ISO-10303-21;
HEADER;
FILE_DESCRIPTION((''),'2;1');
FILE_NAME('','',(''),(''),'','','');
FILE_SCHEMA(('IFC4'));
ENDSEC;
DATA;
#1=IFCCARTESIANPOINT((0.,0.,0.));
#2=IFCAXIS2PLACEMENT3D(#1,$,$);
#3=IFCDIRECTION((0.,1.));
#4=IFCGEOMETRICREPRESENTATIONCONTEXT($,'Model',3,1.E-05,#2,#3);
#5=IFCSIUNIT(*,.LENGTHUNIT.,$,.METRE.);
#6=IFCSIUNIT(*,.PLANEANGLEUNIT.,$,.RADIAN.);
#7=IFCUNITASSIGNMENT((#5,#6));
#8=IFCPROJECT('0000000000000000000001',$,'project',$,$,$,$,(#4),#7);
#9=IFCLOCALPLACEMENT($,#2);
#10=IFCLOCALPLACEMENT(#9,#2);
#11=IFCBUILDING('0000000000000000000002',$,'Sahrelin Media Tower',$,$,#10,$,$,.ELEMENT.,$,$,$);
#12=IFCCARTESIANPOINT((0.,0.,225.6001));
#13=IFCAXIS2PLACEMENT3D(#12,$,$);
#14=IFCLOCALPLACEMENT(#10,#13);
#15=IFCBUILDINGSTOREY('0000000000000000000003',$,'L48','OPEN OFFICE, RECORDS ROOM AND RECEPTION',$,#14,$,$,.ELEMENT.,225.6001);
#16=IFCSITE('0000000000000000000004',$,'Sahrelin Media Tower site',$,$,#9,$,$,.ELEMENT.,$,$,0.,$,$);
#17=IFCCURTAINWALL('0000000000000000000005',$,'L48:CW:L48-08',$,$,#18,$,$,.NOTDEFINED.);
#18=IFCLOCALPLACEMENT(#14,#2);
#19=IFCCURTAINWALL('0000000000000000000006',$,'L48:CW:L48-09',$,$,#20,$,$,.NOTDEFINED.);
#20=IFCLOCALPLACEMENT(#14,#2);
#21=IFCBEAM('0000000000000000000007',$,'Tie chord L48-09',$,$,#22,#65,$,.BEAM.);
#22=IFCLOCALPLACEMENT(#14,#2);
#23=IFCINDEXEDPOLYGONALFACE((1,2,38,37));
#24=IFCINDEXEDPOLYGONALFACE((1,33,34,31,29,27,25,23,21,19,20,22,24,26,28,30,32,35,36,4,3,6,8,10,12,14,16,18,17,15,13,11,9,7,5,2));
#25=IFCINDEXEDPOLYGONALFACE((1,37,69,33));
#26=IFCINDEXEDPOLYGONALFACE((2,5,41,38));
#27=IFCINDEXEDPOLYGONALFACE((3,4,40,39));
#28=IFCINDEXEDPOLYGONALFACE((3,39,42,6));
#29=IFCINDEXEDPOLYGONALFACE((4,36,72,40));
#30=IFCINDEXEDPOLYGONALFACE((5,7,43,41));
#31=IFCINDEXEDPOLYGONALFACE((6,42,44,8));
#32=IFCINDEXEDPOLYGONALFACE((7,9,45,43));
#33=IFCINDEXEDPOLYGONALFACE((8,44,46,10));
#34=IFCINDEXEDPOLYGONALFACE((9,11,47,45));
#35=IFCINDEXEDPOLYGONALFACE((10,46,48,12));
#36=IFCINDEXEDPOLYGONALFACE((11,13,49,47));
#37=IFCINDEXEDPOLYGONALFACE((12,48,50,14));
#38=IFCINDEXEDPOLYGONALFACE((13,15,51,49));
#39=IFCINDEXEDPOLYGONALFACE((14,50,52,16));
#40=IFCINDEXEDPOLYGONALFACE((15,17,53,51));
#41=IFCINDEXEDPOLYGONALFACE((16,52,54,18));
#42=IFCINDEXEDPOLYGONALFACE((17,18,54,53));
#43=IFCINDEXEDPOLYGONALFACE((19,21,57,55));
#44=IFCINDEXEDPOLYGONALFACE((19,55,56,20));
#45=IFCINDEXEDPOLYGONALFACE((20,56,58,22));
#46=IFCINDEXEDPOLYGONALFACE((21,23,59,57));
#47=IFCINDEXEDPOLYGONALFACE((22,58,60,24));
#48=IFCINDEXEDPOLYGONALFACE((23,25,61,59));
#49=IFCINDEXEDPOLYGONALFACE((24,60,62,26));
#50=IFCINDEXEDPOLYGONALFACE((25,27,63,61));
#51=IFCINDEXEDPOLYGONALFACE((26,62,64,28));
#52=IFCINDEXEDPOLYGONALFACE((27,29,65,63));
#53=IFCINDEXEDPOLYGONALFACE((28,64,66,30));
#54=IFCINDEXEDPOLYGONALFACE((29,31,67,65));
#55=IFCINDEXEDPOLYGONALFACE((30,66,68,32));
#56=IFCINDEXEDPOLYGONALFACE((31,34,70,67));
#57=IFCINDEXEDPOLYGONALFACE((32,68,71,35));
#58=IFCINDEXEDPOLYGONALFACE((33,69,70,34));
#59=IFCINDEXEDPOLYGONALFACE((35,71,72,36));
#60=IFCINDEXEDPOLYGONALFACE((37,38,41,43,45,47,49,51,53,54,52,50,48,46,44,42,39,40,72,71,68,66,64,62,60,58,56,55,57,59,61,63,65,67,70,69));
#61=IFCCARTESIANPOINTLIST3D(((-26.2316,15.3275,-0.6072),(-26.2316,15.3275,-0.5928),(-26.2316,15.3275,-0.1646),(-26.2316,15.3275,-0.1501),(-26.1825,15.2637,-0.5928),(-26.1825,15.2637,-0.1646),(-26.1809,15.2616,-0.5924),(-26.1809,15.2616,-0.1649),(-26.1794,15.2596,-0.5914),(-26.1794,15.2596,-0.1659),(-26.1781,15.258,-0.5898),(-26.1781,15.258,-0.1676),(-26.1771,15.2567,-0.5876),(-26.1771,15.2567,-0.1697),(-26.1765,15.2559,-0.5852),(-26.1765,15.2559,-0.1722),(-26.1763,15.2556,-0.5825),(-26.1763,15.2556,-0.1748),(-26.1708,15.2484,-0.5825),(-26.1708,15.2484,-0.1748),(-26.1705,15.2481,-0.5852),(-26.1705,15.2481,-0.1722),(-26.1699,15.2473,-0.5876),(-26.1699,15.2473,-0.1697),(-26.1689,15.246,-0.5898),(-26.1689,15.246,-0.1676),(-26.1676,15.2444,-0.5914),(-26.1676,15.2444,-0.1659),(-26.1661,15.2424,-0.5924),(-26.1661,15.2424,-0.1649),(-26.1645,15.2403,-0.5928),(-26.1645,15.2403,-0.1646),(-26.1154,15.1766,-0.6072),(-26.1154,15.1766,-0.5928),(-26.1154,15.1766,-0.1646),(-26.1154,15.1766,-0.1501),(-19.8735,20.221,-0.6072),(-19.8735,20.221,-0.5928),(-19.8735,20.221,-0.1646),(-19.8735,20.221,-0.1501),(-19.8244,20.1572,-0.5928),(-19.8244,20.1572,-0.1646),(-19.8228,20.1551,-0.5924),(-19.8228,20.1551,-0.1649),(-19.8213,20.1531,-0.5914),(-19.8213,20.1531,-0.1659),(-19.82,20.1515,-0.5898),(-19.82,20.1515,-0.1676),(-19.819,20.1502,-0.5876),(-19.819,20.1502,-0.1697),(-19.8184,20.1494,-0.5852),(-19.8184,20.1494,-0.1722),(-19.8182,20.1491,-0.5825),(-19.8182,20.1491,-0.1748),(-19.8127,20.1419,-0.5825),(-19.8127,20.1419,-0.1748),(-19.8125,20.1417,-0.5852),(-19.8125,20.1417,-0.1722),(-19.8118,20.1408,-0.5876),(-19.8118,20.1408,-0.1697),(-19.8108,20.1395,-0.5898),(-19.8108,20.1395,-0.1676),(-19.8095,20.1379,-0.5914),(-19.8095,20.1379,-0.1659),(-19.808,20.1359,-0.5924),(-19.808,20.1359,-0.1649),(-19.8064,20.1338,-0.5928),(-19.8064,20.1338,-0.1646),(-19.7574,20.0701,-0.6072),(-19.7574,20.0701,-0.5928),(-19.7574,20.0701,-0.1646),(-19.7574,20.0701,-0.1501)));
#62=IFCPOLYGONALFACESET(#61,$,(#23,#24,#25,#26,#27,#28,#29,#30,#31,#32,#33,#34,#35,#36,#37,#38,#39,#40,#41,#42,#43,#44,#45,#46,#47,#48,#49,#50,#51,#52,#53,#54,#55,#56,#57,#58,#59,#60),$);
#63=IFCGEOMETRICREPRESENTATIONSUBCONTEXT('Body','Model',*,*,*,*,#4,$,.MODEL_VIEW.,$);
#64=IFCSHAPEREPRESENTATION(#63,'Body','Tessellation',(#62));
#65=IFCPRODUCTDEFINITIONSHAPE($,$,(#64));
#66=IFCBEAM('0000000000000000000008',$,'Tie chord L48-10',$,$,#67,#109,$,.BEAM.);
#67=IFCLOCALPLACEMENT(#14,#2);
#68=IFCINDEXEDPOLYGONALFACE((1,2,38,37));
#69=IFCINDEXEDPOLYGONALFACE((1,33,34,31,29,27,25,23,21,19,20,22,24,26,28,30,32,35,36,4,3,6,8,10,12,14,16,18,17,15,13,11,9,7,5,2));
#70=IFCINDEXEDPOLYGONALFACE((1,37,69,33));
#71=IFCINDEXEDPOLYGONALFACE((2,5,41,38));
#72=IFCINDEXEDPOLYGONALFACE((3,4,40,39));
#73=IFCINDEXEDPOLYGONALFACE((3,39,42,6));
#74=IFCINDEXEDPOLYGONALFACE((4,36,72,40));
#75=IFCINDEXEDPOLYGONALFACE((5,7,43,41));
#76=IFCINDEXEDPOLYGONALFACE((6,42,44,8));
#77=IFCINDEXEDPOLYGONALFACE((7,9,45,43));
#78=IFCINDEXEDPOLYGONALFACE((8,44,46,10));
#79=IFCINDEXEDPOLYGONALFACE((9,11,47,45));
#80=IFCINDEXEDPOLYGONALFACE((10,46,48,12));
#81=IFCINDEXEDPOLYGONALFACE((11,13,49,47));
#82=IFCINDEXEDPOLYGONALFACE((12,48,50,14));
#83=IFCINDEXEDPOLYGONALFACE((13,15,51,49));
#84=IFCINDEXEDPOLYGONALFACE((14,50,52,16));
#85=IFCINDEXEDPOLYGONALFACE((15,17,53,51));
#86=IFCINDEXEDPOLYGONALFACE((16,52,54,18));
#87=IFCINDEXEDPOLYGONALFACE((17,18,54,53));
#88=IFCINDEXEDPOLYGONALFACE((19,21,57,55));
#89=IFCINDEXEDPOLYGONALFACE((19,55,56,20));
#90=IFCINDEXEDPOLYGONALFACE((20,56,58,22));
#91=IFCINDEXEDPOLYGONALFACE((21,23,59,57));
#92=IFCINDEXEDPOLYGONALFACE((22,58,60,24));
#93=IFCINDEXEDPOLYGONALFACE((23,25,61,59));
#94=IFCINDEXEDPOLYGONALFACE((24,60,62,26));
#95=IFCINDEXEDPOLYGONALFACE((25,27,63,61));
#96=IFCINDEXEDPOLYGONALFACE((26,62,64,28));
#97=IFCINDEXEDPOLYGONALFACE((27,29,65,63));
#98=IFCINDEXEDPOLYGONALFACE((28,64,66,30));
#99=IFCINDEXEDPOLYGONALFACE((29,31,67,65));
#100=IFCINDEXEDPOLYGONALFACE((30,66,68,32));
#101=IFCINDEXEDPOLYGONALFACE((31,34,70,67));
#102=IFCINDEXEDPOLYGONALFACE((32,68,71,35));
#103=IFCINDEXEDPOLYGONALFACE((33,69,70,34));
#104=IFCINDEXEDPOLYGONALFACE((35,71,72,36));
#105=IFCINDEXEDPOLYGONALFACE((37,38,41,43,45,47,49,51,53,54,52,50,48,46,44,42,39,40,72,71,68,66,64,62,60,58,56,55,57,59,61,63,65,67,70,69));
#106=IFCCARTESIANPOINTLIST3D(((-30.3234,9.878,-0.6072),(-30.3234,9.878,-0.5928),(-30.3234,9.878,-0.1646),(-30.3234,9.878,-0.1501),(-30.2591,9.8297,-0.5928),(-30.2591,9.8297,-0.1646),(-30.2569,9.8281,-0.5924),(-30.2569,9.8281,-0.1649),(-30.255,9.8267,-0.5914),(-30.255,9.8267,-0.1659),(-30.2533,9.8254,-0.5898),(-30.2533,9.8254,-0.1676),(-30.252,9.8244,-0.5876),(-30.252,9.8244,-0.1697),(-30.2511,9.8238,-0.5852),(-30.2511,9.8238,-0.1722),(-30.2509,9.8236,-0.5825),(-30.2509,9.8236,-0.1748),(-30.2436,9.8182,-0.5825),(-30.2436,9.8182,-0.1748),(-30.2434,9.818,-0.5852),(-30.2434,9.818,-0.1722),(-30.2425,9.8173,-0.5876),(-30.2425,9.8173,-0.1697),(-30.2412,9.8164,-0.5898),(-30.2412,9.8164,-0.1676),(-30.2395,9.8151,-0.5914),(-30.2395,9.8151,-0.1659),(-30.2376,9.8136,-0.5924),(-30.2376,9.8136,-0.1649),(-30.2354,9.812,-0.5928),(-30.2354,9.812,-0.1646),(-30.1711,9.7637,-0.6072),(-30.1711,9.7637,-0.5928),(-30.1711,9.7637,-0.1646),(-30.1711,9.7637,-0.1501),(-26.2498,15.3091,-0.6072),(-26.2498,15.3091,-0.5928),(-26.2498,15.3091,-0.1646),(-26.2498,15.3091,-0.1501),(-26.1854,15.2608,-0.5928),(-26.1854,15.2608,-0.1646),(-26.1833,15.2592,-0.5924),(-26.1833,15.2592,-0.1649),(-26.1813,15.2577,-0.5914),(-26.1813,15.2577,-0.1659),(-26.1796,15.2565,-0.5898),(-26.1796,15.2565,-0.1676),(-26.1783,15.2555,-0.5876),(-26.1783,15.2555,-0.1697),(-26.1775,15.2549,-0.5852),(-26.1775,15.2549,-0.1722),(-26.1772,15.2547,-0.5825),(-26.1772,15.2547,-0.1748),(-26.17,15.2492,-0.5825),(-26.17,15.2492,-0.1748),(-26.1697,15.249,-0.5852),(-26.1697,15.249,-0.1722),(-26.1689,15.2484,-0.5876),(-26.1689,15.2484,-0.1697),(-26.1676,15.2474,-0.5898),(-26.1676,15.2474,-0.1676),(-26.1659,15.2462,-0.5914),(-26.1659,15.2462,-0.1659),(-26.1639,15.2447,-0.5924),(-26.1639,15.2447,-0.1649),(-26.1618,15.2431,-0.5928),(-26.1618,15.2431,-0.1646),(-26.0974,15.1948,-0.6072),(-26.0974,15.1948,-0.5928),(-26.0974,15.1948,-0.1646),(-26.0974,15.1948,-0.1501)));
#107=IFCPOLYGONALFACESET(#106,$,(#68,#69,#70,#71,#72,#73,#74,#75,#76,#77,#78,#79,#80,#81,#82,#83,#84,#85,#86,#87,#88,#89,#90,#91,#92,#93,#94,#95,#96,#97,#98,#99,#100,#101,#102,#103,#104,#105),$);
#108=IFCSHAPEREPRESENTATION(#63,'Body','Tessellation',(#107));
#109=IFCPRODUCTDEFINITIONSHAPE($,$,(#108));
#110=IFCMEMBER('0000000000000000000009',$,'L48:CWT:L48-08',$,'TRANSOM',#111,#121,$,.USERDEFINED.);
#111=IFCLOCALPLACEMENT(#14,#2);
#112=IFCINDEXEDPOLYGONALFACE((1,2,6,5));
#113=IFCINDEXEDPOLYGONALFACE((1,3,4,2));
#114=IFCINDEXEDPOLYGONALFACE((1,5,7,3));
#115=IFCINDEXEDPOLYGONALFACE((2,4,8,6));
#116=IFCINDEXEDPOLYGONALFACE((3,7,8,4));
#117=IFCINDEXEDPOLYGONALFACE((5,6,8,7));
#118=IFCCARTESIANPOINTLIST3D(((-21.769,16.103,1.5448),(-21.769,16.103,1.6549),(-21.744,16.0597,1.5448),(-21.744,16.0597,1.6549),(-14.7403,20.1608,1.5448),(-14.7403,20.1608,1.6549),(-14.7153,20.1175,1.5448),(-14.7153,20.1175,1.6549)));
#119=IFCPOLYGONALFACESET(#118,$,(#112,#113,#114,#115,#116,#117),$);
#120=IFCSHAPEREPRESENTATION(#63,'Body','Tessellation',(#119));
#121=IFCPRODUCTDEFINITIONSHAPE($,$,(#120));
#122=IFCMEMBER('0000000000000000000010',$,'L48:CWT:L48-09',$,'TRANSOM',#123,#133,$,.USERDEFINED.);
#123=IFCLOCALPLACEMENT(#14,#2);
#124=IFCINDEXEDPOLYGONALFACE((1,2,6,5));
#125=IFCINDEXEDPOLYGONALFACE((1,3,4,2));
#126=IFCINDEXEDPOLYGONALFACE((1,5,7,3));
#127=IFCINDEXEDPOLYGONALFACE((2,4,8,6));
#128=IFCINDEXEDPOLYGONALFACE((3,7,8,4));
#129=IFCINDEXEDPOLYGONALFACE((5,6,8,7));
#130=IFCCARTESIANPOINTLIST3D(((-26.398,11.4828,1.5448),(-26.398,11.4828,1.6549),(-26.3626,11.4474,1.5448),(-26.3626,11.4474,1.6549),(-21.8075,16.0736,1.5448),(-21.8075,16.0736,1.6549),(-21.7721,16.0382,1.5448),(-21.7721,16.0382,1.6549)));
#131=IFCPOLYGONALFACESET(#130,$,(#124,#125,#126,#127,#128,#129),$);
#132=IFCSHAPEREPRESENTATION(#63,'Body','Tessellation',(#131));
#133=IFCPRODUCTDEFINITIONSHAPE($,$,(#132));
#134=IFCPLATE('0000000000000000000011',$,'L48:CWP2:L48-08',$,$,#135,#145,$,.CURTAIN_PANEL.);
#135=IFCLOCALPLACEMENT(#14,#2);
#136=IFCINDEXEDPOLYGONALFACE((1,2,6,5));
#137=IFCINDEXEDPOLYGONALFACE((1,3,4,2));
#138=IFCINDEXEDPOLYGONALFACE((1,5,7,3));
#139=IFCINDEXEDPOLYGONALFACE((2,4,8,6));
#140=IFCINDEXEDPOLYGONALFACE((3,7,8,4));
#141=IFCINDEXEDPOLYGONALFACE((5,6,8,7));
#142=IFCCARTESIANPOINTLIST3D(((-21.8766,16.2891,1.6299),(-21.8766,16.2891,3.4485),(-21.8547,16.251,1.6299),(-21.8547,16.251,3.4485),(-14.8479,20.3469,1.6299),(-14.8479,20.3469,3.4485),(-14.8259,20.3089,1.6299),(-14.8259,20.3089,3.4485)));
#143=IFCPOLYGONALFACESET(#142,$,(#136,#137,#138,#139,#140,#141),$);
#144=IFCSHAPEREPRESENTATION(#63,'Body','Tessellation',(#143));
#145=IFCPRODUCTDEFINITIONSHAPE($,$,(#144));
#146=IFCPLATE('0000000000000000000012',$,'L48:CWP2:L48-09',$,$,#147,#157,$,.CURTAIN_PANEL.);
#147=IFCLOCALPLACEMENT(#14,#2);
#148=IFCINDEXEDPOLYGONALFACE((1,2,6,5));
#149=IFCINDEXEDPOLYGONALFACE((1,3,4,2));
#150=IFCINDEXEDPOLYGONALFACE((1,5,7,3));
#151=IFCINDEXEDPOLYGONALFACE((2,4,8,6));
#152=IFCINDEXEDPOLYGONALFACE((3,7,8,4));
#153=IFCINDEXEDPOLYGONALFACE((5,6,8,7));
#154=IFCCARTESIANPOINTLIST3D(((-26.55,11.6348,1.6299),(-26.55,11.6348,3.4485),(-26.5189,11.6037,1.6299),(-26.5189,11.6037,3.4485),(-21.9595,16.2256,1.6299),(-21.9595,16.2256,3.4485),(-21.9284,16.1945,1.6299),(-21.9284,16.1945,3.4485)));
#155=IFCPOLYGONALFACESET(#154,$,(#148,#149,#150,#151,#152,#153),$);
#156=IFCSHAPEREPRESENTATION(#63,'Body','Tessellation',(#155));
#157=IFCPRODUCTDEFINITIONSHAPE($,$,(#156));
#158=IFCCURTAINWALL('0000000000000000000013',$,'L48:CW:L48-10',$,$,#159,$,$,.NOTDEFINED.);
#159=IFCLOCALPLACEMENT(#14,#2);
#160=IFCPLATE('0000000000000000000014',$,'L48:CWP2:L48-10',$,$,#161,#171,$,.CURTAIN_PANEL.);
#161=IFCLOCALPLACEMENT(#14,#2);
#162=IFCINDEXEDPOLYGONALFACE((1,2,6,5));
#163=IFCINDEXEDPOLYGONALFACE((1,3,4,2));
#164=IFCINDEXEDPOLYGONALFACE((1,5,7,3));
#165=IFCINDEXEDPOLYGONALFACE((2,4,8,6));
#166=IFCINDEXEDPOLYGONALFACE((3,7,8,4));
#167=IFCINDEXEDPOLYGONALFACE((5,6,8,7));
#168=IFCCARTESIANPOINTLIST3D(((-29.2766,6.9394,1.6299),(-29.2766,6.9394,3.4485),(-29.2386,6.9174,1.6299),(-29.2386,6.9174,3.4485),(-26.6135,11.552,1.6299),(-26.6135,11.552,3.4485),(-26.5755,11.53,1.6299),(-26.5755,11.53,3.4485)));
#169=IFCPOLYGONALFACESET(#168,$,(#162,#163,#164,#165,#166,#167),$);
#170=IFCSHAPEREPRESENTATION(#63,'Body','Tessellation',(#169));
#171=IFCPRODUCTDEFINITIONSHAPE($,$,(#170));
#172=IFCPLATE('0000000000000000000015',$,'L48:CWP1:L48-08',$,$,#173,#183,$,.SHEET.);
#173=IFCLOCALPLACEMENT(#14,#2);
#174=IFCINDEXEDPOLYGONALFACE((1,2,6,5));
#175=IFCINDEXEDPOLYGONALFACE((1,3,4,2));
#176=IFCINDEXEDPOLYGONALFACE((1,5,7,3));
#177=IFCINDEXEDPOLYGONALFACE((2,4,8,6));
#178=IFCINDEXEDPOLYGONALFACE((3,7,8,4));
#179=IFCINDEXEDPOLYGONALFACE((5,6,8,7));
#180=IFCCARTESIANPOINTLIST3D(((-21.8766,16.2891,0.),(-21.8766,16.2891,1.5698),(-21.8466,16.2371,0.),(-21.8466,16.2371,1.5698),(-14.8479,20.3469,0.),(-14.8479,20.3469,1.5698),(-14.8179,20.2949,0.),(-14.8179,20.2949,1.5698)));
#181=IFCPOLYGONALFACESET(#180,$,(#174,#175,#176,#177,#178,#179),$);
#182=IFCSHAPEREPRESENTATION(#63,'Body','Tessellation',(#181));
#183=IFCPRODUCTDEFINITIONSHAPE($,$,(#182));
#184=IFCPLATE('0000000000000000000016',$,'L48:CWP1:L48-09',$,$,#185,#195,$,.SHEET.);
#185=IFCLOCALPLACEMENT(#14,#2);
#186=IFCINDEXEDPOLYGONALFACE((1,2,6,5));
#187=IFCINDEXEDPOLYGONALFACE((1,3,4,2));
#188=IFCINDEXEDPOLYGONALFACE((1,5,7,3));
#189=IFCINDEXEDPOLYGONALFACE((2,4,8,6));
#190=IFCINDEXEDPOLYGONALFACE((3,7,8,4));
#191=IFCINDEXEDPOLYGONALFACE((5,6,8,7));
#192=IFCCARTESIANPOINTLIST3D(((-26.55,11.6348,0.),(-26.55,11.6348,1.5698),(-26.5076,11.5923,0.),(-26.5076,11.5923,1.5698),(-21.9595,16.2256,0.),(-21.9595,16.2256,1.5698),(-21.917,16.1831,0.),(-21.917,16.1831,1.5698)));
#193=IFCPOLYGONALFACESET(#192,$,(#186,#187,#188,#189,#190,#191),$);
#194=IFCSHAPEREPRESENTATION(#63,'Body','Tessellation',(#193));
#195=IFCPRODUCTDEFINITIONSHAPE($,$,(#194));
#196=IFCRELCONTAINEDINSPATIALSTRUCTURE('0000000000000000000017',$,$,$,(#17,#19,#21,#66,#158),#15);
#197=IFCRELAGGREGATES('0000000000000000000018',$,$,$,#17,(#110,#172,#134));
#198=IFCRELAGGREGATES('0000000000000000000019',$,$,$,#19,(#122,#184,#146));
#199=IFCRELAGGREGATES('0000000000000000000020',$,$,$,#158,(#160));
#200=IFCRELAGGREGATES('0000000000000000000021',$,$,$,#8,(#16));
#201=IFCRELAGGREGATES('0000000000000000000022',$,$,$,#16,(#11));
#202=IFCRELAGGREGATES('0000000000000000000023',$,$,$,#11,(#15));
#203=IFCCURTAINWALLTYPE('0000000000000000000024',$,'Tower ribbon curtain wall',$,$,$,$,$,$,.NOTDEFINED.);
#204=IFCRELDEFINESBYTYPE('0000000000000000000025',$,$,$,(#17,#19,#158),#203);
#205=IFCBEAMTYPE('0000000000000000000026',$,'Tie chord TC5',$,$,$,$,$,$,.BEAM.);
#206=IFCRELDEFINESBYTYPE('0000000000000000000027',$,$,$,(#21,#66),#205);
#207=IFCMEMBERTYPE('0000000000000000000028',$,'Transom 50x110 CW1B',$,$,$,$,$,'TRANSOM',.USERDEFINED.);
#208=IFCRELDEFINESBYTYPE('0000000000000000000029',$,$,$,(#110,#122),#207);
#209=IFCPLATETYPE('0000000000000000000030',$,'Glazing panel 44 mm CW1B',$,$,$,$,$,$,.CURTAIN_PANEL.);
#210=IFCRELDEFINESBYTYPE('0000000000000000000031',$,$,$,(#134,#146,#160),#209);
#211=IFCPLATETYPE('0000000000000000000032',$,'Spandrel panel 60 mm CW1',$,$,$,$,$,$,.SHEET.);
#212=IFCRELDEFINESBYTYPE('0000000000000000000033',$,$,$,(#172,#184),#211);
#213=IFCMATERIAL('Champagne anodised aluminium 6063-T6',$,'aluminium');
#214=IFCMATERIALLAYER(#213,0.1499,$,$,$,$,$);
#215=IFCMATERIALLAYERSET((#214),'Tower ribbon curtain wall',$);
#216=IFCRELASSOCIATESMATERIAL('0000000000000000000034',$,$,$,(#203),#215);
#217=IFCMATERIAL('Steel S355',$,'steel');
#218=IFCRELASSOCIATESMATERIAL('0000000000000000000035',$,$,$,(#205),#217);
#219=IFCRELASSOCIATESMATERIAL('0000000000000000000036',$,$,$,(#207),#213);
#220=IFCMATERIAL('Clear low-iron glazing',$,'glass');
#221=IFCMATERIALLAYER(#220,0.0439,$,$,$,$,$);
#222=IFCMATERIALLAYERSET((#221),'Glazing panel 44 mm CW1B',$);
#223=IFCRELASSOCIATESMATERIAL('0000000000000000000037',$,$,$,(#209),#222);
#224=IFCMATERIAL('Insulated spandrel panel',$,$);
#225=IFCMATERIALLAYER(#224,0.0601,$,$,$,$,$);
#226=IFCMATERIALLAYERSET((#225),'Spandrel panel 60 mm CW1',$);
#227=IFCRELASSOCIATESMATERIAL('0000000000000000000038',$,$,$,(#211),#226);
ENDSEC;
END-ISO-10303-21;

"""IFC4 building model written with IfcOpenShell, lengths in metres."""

from ifc_helpers import new_model, si_unit, direction, frame, origin, origin_2d, place, context, subcontext, project, spatial, polyline, rectangle, i_section, outline, extrude, material, layer, layer_set, material_profile, profile_set, type_object, element, aggregate, save


model = new_model("IFC4")

# Units and contexts
model_context = context("Model", 3, precision=1e-05, world=origin(), true_north=direction((0.0, 1.0)))
body_context = subcontext(model_context, "Body", "Model", "MODEL_VIEW")
ifc_project = project(units=[si_unit("LENGTHUNIT", "METRE"), si_unit("PLANEANGLEUNIT", "RADIAN")], contexts=[model_context])

# Site, building, storey
site_placement = place(None, origin())
site = spatial("IfcSite", under=ifc_project, at=site_placement, Name="Sahrelin Media Tower site", CompositionType="ELEMENT", RefElevation=0.0)
building_placement = place(site_placement, origin())
building = spatial("IfcBuilding", under=site, at=building_placement, Name="Sahrelin Media Tower", CompositionType="ELEMENT")
storey_placement = place(building_placement, frame((0.0, 0.0, 225.6001)))
storey = spatial("IfcBuildingStorey", under=building, at=storey_placement, Name="L48", Description="OPEN OFFICE, RECORDS ROOM AND RECEPTION", CompositionType="ELEMENT", Elevation=225.6001)

# Shared definitions
ifc_material_1 = material(Name="Steel S355", Category="steel")

# Curtain walls
ifc_material_2 = material(Name="Champagne anodised aluminium 6063-T6", Category="aluminium")
ifc_layer_1 = layer(ifc_material_2, 0.1499)
ifc_layer_set_1 = layer_set([ifc_layer_1], Name="Tower ribbon curtain wall")
curtain_wall_type = type_object("IfcCurtainWallType", Name="Tower ribbon curtain wall", PredefinedType="NOTDEFINED", material=ifc_layer_set_1)
curtain_wall_1_placement = place(storey_placement, frame((-18.3523, 18.3008, 0.0), z_axis=(0.0, 0.0, 1.0), x_axis=(1.0, 0.0, 0.0)))
curtain_wall_1 = element("IfcCurtainWall", 1, at=curtain_wall_1_placement, inside=storey, type_object=curtain_wall_type, Name="L48:CW:L48-08", PredefinedType="NOTDEFINED")
curtain_wall_2_placement = place(storey_placement, frame((-24.2405, 13.916, 0.0), z_axis=(0.0, 0.0, 1.0), x_axis=(1.0, 0.0, 0.0)))
curtain_wall_2 = element("IfcCurtainWall", 2, at=curtain_wall_2_placement, inside=storey, type_object=curtain_wall_type, Name="L48:CW:L48-09", PredefinedType="NOTDEFINED")

# Beams
ifc_material_profile_1 = material_profile(ifc_material_1, i_section(OverallWidth=0.1904, OverallDepth=0.457, WebThickness=0.009, FlangeThickness=0.0144, FilletRadius=0.0103, at=origin_2d()), Name="UB 457x191x74")
ifc_profile_set_1 = profile_set([ifc_material_profile_1], Name="Steel S355")
beam_type_1 = type_object("IfcBeamType", Name="Tie chord TC5", PredefinedType="BEAM", material=ifc_profile_set_1)
beam_1_placement = place(storey_placement, frame((-19.8154, 20.1455, -0.3787), z_axis=(-0.792463, -0.60992, 0.0), x_axis=(0.60992, -0.792463, 0.0)))
element("IfcBeam", 3, at=beam_1_placement, inside=storey, type_object=beam_type_1, Name="Tie chord L48-09", PredefinedType="BEAM", context=body_context, shape_type="SweptSolid", body=[
    extrude(i_section(OverallWidth=0.1904, OverallDepth=0.457, WebThickness=0.009, FlangeThickness=0.0144, FilletRadius=0.0103, at=origin_2d()), origin(), (0.0, 0.0, 1.0), 8.0232),
])
beam_2_placement = place(storey_placement, frame((-26.1736, 15.252, -0.3787), z_axis=(-0.600035, -0.799974, 0.0), x_axis=(0.799974, -0.600035, 0.0)))
element("IfcBeam", 4, at=beam_2_placement, inside=storey, type_object=beam_type_1, Name="Tie chord L48-10", PredefinedType="BEAM", context=body_context, shape_type="SweptSolid", body=[
    extrude(i_section(OverallWidth=0.1904, OverallDepth=0.457, WebThickness=0.009, FlangeThickness=0.0144, FilletRadius=0.0103, at=origin_2d()), origin(), (0.0, 0.0, 1.0), 6.7891),
])

# Members
ifc_material_profile_2 = material_profile(ifc_material_2, rectangle(XDim=0.05, YDim=0.1101, at=origin_2d()), Name="Transom 50x110")
ifc_profile_set_2 = profile_set([ifc_material_profile_2], Name="Champagne anodised aluminium 6063-T6")
member_type_1 = type_object("IfcMemberType", Name="Transom 50x110 CW1B", ElementType="TRANSOM", PredefinedType="USERDEFINED", material=ifc_profile_set_2)
member_1_placement = place(storey_placement, frame((-14.7278, 20.1392, 1.5999), z_axis=(-0.866037, -0.499979, 0.0), x_axis=(0.499979, -0.866037, 0.0)))
member_1 = element("IfcMember", 5, at=member_1_placement, type_object=member_type_1, Name="L48:CWT:L48-08", ObjectType="TRANSOM", PredefinedType="USERDEFINED", context=body_context, shape_type="SweptSolid", body=[
    extrude(rectangle(XDim=0.05, YDim=0.1101, at=origin_2d()), origin(), (0.0, 0.0, 1.0), 8.116),
])
member_2_placement = place(storey_placement, frame((-21.7898, 16.0559, 1.5999), z_axis=(-0.707088, -0.707126, 0.0), x_axis=(0.707126, -0.707088, 0.0)))
member_2 = element("IfcMember", 6, at=member_2_placement, type_object=member_type_1, Name="L48:CWT:L48-09", ObjectType="TRANSOM", PredefinedType="USERDEFINED", context=body_context, shape_type="SweptSolid", body=[
    extrude(rectangle(XDim=0.05, YDim=0.1101, at=origin_2d()), origin(), (0.0, 0.0, 1.0), 6.4922),
])

# Plates
ifc_material_3 = material(Name="Clear low-iron glazing", Category="glass")
ifc_layer_2 = layer(ifc_material_3, 0.0439)
ifc_layer_set_2 = layer_set([ifc_layer_2], Name="Glazing panel 44 mm CW1B")
plate_type_1 = type_object("IfcPlateType", Name="Glazing panel 44 mm CW1B", PredefinedType="CURTAIN_PANEL", material=ifc_layer_set_2)
plate_1_placement = place(storey_placement, frame((-14.8479, 20.3469, 1.6299), z_axis=(-0.499979, 0.866037, 0.0), x_axis=(-0.866037, -0.499979, 0.0)))
plate_1 = element("IfcPlate", 7, at=plate_1_placement, type_object=plate_type_1, Name="L48:CWP2:L48-08", PredefinedType="CURTAIN_PANEL", context=body_context, shape_type="SweptSolid", body=[
    extrude(outline(polyline([(0.0, 0.0), (8.116, 0.0), (8.116, 1.8186), (0.0, 1.8186), (0.0, 0.0)])), origin(), (0.0, 0.0, -1.0), 0.0439),
])
plate_2_placement = place(storey_placement, frame((-21.9595, 16.2256, 1.6299), z_axis=(-0.707126, 0.707088, 0.0), x_axis=(-0.707088, -0.707126, 0.0)))
plate_2 = element("IfcPlate", 8, at=plate_2_placement, type_object=plate_type_1, Name="L48:CWP2:L48-09", PredefinedType="CURTAIN_PANEL", context=body_context, shape_type="SweptSolid", body=[
    extrude(outline(polyline([(0.0, 0.0), (6.4922, 0.0), (6.4922, 1.8186), (0.0, 1.8186), (0.0, 0.0)])), origin(), (0.0, 0.0, -1.0), 0.0439),
])

# Curtain wall, plate
curtain_wall_3_placement = place(storey_placement, frame((-27.9277, 9.2356, 0.0), z_axis=(0.0, 0.0, 1.0), x_axis=(1.0, 0.0, 0.0)))
curtain_wall_3 = element("IfcCurtainWall", 9, at=curtain_wall_3_placement, inside=storey, type_object=curtain_wall_type, Name="L48:CW:L48-10", PredefinedType="NOTDEFINED")
plate_3_placement = place(storey_placement, frame((-26.6135, 11.552, 1.6299), z_axis=(-0.866023, 0.500004, 0.0), x_axis=(-0.500004, -0.866023, 0.0)))
plate_3 = element("IfcPlate", 10, at=plate_3_placement, type_object=plate_type_1, Name="L48:CWP2:L48-10", PredefinedType="CURTAIN_PANEL", context=body_context, shape_type="SweptSolid", body=[
    extrude(outline(polyline([(0.0, 0.0), (5.3262, 0.0), (5.3262, 1.8186), (0.0, 1.8186), (0.0, 0.0)])), origin(), (0.0, 0.0, -1.0), 0.0439),
])

# Plates
ifc_material_4 = material(Name="Insulated spandrel panel")
ifc_layer_3 = layer(ifc_material_4, 0.0601)
ifc_layer_set_3 = layer_set([ifc_layer_3], Name="Spandrel panel 60 mm CW1")
plate_type_2 = type_object("IfcPlateType", Name="Spandrel panel 60 mm CW1", PredefinedType="SHEET", material=ifc_layer_set_3)
plate_4_placement = place(storey_placement, frame((-14.8479, 20.3469, 0.0), z_axis=(-0.499979, 0.866037, 0.0), x_axis=(-0.866037, -0.499979, 0.0)))
plate_4 = element("IfcPlate", 11, at=plate_4_placement, type_object=plate_type_2, Name="L48:CWP1:L48-08", PredefinedType="SHEET", context=body_context, shape_type="SweptSolid", body=[
    extrude(outline(polyline([(0.0, 0.0), (8.116, 0.0), (8.116, 1.5698), (0.0, 1.5698), (0.0, 0.0)])), origin(), (0.0, 0.0, -1.0), 0.0601),
])
aggregate(curtain_wall_1, [member_1, plate_4, plate_1])
plate_5_placement = place(storey_placement, frame((-21.9595, 16.2256, 0.0), z_axis=(-0.707126, 0.707088, 0.0), x_axis=(-0.707088, -0.707126, 0.0)))
plate_5 = element("IfcPlate", 12, at=plate_5_placement, type_object=plate_type_2, Name="L48:CWP1:L48-09", PredefinedType="SHEET", context=body_context, shape_type="SweptSolid", body=[
    extrude(outline(polyline([(0.0, 0.0), (6.4922, 0.0), (6.4922, 1.5698), (0.0, 1.5698), (0.0, 0.0)])), origin(), (0.0, 0.0, -1.0), 0.0601),
])
aggregate(curtain_wall_2, [member_2, plate_5, plate_2])
aggregate(curtain_wall_3, [plate_3])

save(model, "model.ifc")
